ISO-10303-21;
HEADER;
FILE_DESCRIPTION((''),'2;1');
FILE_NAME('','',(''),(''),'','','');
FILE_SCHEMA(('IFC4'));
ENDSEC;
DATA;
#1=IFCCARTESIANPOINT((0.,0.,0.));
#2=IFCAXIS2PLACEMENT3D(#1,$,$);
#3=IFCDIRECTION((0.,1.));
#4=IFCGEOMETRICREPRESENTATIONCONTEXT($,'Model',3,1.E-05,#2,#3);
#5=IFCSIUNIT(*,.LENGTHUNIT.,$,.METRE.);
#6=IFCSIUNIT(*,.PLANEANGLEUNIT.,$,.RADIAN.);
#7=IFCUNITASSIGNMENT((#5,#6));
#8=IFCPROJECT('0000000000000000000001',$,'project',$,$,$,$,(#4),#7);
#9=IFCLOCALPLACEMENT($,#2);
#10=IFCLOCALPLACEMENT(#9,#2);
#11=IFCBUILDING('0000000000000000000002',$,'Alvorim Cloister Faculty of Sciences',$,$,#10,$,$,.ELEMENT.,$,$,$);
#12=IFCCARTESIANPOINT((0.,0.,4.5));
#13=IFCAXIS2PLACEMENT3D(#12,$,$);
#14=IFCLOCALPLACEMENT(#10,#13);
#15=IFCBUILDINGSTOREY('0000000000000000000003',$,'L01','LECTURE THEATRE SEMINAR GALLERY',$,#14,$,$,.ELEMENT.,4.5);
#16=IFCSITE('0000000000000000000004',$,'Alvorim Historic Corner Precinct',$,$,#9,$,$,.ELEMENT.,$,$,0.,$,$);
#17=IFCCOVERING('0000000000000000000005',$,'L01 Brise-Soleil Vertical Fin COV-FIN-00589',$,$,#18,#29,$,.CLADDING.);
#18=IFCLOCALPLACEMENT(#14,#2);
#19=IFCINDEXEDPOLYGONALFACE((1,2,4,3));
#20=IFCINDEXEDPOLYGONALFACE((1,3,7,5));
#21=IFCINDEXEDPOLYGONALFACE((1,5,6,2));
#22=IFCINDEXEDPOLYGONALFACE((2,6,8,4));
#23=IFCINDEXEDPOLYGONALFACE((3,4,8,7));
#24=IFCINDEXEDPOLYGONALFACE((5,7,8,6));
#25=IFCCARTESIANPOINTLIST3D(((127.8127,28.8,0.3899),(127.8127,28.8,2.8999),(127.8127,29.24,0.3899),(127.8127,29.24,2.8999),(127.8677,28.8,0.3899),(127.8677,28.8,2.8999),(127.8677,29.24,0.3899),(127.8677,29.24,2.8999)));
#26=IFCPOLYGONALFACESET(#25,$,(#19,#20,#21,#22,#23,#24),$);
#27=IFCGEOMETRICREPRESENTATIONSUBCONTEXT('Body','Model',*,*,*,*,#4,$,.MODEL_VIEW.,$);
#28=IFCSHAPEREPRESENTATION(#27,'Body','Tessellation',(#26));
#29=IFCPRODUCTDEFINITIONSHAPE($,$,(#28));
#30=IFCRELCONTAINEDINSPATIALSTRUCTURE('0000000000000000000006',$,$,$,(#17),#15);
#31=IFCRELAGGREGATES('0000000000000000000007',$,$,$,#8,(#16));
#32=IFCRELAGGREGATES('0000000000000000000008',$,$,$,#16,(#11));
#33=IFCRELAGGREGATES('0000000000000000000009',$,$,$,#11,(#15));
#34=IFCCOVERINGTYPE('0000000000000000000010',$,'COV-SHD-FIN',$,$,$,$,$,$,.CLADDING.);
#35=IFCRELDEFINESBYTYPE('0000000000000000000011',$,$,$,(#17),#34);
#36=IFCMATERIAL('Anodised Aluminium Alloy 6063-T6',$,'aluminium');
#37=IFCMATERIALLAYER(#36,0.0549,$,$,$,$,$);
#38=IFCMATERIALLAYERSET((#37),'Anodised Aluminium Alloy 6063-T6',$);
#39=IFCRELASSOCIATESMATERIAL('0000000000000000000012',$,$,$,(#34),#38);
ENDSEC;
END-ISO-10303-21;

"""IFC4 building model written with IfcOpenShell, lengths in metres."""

from ifc_helpers import new_model, si_unit, direction, frame, origin, place, context, subcontext, project, spatial, polyline, outline, extrude, material, layer, layer_set, type_object, element, save


model = new_model("IFC4")

# Units and contexts
model_context = context("Model", 3, precision=1e-05, world=origin(), true_north=direction((0.0, 1.0)))
body_context = subcontext(model_context, "Body", "Model", "MODEL_VIEW")
ifc_project = project(units=[si_unit("LENGTHUNIT", "METRE"), si_unit("PLANEANGLEUNIT", "RADIAN")], contexts=[model_context])

# Site, building, storey
site_placement = place(None, origin())
site = spatial("IfcSite", under=ifc_project, at=site_placement, Name="Alvorim Historic Corner Precinct", CompositionType="ELEMENT", RefElevation=0.0)
building_placement = place(site_placement, origin())
building = spatial("IfcBuilding", under=site, at=building_placement, Name="Alvorim Cloister Faculty of Sciences", CompositionType="ELEMENT")
storey_placement = place(building_placement, frame((0.0, 0.0, 4.5)))
storey = spatial("IfcBuildingStorey", under=building, at=storey_placement, Name="L01", Description="LECTURE THEATRE SEMINAR GALLERY", CompositionType="ELEMENT", Elevation=4.5)

# Covering
ifc_material_1 = material(Name="Anodised Aluminium Alloy 6063-T6", Category="aluminium")
ifc_layer_1 = layer(ifc_material_1, 0.0549)
ifc_layer_set_1 = layer_set([ifc_layer_1], Name="Anodised Aluminium Alloy 6063-T6")
covering_type = type_object("IfcCoveringType", Name="COV-SHD-FIN", PredefinedType="CLADDING", material=ifc_layer_set_1)
for number, where, z_axis, x_axis, name in (
    (1, (127.8401, 28.8, 0.3899), (0.0, 0.0, 1.0), (0.0, 1.0, 0.0), "L01 Brise-Soleil Vertical Fin COV-FIN-00589"),
):
    element("IfcCovering", number, at=place(storey_placement, frame(where, z_axis=z_axis, x_axis=x_axis)), inside=storey, type_object=covering_type, Name=name, PredefinedType="CLADDING", context=body_context, shape_type="SweptSolid", body=[
        extrude(outline(polyline([(0.0, 0.0), (0.4399, 0.0), (0.4399, 2.51), (0.0, 2.51), (0.0, 0.0)])), frame((0.0, 0.0273, 0.0), z_axis=(0.0, -1.0, 0.0), x_axis=(1.0, 0.0, 0.0)), (0.0, 0.0, 1.0), 0.0549),
    ])

save(model, "model.ifc")
